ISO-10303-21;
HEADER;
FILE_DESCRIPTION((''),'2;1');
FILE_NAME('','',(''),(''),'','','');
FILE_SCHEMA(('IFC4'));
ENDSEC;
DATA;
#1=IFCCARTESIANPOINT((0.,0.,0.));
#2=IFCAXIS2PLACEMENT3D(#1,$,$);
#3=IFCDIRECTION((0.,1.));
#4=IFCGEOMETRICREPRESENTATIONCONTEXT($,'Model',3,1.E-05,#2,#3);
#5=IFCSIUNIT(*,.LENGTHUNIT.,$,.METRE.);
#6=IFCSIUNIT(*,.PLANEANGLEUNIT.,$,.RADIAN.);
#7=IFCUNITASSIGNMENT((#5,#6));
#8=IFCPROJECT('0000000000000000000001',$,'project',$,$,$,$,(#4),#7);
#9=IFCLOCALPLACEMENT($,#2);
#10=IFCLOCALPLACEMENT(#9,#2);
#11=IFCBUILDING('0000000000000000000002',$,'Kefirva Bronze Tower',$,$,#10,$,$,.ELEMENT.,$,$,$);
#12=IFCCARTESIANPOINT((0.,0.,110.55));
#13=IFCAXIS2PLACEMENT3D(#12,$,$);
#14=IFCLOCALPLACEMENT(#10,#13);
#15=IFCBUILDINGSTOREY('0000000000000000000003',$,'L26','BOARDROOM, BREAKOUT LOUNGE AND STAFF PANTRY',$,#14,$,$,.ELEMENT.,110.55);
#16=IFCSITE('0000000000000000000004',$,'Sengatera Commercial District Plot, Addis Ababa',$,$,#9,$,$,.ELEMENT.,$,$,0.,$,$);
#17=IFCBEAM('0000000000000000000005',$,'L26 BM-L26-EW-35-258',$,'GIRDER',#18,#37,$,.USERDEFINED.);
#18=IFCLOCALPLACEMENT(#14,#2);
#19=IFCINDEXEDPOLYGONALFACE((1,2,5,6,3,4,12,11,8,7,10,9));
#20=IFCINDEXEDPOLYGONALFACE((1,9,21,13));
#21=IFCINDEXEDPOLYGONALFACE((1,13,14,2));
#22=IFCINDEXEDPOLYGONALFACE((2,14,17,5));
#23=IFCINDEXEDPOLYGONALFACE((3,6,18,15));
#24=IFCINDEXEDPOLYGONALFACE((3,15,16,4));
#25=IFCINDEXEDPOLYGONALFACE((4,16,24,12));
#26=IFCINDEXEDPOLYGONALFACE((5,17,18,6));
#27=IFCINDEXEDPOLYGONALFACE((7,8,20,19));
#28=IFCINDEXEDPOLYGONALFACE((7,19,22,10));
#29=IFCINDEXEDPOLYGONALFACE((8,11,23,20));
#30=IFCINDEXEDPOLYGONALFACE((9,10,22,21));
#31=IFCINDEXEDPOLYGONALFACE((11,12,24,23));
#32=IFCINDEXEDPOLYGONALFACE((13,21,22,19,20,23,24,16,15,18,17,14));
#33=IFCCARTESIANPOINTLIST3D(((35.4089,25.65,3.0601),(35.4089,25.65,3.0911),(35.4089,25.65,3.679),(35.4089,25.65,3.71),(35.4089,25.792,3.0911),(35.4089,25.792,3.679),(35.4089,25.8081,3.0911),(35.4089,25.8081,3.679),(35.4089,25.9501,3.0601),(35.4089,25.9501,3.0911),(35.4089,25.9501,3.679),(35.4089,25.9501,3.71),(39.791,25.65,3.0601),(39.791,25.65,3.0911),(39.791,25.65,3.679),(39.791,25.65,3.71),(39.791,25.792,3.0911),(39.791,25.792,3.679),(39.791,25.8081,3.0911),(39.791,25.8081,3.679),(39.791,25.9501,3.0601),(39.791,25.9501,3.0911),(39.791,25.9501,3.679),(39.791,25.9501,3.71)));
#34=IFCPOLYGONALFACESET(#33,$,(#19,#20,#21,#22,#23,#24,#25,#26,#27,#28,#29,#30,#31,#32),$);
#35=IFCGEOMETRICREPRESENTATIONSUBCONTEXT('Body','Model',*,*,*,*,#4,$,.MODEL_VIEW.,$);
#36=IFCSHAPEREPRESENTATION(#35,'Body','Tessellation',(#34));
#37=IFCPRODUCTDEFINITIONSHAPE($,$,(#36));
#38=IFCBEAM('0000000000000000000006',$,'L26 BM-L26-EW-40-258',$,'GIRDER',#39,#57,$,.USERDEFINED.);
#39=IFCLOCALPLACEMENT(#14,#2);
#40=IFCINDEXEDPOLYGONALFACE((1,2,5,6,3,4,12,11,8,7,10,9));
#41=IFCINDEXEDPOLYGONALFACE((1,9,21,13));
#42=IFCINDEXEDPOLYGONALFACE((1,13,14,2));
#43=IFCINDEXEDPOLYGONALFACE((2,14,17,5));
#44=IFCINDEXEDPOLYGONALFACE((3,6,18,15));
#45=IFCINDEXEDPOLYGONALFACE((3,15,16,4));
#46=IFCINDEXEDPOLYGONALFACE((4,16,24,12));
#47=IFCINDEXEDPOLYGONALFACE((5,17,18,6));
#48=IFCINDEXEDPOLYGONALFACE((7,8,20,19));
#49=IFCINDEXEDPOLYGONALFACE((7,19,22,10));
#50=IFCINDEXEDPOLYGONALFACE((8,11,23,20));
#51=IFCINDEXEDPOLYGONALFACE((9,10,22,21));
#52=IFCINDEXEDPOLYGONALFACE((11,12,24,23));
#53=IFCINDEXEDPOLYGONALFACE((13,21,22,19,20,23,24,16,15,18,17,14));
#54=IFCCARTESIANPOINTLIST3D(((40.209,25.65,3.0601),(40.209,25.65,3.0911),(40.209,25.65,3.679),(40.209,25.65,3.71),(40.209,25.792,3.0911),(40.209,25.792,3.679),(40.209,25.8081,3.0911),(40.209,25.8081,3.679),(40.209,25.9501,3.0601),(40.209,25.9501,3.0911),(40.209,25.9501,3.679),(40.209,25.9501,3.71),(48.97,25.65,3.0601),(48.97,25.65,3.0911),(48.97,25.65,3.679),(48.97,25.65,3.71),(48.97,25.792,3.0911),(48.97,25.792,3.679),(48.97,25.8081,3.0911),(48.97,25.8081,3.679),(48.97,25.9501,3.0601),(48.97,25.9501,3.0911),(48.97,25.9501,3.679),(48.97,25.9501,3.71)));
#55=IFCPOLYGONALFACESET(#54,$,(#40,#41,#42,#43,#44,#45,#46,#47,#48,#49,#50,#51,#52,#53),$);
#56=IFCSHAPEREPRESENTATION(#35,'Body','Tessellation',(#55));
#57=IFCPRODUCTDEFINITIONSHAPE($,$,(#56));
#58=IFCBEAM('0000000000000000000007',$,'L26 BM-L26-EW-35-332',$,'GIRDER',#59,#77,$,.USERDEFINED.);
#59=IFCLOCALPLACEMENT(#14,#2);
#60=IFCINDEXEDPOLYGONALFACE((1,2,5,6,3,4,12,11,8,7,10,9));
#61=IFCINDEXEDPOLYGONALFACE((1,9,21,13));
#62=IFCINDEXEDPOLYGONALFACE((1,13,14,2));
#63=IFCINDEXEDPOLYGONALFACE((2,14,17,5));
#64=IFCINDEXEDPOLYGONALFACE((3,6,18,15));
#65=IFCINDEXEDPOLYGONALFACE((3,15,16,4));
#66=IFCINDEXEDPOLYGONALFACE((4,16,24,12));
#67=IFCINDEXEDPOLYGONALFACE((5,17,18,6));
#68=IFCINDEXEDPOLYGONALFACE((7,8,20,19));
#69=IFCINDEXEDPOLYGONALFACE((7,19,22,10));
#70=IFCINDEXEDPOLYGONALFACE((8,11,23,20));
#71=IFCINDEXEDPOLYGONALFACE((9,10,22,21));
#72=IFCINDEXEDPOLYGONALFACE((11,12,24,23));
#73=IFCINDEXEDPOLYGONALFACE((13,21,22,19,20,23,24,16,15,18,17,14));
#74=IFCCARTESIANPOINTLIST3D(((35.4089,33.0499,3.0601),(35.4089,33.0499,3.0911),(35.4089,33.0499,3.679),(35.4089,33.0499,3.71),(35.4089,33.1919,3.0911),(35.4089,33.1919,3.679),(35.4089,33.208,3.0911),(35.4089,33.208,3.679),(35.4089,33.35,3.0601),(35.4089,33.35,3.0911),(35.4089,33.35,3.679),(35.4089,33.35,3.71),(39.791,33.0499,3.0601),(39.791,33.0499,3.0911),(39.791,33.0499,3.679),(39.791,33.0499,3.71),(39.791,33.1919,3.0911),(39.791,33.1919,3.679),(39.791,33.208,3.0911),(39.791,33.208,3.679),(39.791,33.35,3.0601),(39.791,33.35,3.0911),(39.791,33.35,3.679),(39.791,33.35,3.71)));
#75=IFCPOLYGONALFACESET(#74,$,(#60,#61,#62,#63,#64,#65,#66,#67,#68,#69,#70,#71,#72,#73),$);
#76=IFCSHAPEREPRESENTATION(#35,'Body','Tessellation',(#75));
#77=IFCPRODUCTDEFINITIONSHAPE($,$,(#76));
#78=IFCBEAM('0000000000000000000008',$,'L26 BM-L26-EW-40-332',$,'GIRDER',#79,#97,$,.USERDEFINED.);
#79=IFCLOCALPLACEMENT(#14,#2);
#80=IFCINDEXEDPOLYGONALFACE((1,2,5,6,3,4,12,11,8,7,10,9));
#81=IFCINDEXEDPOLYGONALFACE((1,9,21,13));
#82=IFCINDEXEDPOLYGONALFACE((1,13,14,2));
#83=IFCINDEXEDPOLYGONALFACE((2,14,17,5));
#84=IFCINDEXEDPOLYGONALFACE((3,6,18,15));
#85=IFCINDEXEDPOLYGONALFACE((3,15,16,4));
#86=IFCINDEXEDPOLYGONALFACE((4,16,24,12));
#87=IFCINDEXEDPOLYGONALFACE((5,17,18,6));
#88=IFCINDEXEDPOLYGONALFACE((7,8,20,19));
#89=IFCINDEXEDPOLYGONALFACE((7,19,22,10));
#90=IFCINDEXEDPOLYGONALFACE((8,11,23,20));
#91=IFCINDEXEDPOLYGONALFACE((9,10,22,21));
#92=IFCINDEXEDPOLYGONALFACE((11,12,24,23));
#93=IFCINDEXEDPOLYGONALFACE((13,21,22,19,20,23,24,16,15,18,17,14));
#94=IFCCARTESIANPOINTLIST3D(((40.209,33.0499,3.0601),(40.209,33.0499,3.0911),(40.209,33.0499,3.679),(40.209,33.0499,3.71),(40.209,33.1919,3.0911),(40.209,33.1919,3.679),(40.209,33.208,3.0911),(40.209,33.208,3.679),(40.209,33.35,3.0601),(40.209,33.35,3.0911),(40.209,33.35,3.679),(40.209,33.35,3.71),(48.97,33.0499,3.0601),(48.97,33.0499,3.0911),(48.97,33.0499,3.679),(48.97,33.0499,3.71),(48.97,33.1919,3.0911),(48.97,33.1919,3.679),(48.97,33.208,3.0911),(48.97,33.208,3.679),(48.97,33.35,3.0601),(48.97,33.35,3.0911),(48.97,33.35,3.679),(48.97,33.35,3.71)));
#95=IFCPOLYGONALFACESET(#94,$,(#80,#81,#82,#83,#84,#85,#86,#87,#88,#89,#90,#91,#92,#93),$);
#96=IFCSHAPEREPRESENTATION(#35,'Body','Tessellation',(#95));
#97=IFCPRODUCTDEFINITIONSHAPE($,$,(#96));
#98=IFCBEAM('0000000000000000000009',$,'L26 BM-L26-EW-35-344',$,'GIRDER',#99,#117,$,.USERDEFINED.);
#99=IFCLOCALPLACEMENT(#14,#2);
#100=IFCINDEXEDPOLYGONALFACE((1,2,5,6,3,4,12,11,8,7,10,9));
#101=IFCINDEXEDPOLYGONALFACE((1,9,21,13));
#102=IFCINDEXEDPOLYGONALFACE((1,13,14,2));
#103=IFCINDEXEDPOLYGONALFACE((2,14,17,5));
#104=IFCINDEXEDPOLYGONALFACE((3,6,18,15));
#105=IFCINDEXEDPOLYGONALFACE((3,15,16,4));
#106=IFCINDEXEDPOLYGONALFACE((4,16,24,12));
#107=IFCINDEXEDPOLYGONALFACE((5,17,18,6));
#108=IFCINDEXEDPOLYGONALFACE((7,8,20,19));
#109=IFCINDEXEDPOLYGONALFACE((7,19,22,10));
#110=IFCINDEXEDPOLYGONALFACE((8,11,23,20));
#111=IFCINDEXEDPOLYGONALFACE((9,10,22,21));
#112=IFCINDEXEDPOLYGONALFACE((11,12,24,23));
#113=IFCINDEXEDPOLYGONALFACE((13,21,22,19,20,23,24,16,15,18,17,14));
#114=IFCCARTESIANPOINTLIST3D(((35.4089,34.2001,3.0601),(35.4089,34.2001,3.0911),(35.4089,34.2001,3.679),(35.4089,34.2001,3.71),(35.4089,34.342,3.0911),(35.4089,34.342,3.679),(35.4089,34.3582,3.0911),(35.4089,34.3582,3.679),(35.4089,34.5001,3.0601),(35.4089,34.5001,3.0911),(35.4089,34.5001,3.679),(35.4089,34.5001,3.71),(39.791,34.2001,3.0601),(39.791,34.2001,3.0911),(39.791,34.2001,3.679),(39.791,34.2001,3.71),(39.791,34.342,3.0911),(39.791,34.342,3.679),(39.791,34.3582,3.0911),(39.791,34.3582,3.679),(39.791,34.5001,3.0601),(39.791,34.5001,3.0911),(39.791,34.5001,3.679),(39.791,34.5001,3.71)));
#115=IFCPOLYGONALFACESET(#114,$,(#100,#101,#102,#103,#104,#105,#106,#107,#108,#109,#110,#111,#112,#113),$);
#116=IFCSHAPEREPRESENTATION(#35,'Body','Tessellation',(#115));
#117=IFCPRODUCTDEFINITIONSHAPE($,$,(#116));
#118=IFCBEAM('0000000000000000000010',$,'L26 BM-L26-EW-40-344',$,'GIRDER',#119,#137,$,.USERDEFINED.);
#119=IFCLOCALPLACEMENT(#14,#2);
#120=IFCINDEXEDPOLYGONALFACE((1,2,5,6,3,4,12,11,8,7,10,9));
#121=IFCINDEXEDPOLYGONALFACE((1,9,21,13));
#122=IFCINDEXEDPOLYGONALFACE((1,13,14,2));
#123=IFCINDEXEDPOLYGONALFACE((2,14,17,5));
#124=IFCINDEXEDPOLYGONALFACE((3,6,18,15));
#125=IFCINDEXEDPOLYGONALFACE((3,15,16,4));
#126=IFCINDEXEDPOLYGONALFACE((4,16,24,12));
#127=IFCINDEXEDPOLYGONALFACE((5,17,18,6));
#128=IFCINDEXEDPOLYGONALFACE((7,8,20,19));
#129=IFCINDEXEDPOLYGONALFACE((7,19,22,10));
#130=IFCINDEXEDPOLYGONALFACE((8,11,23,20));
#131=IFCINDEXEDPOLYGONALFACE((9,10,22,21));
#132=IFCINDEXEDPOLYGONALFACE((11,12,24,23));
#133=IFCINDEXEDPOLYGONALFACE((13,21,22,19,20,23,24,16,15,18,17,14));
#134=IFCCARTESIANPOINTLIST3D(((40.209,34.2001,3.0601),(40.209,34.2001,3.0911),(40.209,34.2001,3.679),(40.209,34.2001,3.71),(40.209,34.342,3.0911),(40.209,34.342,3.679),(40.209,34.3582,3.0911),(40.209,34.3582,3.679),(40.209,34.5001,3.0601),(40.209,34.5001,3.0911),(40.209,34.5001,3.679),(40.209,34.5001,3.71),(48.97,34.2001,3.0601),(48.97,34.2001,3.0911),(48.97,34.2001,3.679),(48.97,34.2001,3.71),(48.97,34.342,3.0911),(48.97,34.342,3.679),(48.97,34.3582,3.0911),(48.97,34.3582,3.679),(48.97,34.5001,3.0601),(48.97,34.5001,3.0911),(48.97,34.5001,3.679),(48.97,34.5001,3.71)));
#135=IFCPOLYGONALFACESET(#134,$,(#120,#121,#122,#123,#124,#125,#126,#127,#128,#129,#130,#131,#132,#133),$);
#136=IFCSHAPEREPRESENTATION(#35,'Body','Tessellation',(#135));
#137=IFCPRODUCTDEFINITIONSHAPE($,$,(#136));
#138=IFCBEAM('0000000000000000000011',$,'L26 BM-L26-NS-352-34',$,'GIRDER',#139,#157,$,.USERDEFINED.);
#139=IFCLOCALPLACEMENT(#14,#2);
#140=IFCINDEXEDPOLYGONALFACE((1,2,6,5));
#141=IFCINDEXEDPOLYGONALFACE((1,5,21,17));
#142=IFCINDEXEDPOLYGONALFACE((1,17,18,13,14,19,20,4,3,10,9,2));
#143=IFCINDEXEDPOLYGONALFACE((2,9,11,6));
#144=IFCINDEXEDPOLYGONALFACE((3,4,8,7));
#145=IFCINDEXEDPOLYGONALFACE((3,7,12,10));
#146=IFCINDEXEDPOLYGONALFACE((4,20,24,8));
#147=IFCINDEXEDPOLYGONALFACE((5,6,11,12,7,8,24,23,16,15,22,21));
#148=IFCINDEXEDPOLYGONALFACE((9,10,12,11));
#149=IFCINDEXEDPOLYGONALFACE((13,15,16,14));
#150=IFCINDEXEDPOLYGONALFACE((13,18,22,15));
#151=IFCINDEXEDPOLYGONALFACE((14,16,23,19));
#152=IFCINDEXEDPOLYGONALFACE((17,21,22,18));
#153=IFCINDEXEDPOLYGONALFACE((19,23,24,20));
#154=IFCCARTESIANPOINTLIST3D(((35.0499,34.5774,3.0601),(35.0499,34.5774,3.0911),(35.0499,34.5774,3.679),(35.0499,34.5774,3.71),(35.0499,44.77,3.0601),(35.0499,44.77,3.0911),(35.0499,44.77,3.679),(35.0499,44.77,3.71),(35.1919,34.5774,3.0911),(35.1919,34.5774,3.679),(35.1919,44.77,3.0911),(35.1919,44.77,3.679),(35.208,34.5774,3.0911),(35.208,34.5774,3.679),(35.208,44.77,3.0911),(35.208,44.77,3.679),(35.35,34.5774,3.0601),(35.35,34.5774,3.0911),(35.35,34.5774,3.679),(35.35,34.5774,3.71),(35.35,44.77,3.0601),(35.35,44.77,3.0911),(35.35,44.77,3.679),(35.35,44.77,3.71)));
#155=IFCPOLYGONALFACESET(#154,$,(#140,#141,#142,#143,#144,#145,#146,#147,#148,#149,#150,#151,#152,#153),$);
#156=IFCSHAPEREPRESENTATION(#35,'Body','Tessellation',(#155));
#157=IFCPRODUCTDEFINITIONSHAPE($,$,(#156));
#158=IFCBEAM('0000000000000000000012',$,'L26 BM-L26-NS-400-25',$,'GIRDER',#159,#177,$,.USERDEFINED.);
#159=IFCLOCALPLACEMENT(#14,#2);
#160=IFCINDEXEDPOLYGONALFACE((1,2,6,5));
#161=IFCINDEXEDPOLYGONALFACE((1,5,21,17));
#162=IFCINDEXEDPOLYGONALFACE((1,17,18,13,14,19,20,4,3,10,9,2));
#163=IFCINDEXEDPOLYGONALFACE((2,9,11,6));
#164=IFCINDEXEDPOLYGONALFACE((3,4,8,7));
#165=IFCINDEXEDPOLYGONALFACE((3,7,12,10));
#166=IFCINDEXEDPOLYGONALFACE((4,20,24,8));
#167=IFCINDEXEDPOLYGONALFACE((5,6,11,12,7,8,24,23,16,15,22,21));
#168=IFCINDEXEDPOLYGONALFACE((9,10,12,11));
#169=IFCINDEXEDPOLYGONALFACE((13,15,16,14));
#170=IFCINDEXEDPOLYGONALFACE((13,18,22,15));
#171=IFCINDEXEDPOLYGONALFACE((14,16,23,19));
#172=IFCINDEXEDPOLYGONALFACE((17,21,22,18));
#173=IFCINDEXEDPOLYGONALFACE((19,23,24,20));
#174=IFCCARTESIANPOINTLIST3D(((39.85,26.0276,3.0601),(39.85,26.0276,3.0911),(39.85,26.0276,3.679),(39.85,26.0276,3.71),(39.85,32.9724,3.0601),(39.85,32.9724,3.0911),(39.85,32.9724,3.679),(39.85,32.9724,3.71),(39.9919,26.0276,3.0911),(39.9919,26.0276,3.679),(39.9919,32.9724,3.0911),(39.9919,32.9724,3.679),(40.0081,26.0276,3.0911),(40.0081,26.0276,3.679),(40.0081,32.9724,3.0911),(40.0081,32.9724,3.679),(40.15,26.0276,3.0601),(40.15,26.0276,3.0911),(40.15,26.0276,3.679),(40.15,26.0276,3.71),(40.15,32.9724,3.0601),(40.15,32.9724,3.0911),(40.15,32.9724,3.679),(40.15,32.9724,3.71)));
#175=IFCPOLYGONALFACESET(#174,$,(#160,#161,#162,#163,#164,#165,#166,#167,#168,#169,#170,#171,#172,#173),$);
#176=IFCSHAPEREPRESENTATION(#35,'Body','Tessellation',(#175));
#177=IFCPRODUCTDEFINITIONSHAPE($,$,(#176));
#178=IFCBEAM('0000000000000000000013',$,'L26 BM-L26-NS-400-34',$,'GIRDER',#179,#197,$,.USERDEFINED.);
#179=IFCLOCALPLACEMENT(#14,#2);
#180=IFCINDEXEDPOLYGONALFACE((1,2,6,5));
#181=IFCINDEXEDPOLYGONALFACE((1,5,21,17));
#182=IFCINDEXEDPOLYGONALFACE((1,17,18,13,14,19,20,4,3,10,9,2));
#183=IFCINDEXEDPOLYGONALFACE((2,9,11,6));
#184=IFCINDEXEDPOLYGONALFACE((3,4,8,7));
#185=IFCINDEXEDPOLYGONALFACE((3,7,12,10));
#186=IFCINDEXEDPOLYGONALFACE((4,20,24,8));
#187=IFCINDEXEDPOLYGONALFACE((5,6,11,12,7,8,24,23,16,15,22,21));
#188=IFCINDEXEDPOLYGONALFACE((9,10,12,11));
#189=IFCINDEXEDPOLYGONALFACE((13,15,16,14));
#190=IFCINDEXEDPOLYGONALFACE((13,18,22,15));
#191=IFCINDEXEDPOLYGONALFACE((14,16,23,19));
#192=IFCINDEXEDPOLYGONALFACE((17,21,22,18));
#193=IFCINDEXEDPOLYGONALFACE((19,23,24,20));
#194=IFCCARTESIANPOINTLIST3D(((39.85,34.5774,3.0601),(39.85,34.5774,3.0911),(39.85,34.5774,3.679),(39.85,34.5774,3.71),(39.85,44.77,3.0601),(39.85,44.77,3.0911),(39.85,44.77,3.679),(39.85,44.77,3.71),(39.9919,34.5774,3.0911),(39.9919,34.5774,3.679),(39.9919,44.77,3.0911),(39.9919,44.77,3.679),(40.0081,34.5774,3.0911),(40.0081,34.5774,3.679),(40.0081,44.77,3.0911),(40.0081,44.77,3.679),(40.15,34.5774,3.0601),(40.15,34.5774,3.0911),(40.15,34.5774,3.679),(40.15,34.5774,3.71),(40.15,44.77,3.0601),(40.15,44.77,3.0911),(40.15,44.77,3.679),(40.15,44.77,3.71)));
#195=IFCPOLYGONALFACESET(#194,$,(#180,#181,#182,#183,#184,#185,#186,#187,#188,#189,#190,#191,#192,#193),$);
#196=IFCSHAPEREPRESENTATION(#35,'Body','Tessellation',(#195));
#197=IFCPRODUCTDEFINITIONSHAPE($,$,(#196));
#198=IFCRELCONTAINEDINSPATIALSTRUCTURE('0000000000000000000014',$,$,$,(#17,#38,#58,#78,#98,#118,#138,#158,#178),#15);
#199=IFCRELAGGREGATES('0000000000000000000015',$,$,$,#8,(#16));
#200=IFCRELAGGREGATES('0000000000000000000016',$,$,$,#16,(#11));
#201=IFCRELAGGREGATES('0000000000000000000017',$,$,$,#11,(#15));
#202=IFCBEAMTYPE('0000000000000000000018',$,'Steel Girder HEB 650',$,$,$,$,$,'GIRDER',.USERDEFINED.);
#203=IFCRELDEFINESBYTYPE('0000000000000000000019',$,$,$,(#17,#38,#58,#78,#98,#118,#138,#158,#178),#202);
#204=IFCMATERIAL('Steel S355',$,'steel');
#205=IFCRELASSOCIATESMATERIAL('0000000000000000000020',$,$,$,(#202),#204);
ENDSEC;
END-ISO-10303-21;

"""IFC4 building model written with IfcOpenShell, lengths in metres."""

from ifc_helpers import new_model, si_unit, direction, frame, origin, origin_2d, place, context, subcontext, project, spatial, i_section, extrude, material, material_profile, profile_set, type_object, element, save


model = new_model("IFC4")

# Units and contexts
model_context = context("Model", 3, precision=1e-05, world=origin(), true_north=direction((0.0, 1.0)))
body_context = subcontext(model_context, "Body", "Model", "MODEL_VIEW")
ifc_project = project(units=[si_unit("LENGTHUNIT", "METRE"), si_unit("PLANEANGLEUNIT", "RADIAN")], contexts=[model_context])

# Site, building, storey
site_placement = place(None, origin())
site = spatial("IfcSite", under=ifc_project, at=site_placement, Name="Sengatera Commercial District Plot, Addis Ababa", CompositionType="ELEMENT", RefElevation=0.0)
building_placement = place(site_placement, origin())
building = spatial("IfcBuilding", under=site, at=building_placement, Name="Kefirva Bronze Tower", CompositionType="ELEMENT")
storey_placement = place(building_placement, frame((0.0, 0.0, 110.55)))
storey = spatial("IfcBuildingStorey", under=building, at=storey_placement, Name="L26", Description="BOARDROOM, BREAKOUT LOUNGE AND STAFF PANTRY", CompositionType="ELEMENT", Elevation=110.55)

# Beams
ifc_material_1 = material(Name="Steel S355", Category="steel")
ifc_material_profile_1 = material_profile(ifc_material_1, i_section(OverallWidth=0.3, OverallDepth=0.6499, WebThickness=0.0161, FlangeThickness=0.031, at=origin_2d()), Name="HEB 650")
ifc_profile_set_1 = profile_set([ifc_material_profile_1], Name="Steel S355")
beam_type_1 = type_object("IfcBeamType", Name="Steel Girder HEB 650", ElementType="GIRDER", PredefinedType="USERDEFINED", material=ifc_profile_set_1)
beam_1_placement = place(storey_placement, frame((35.4089, 25.8, 3.385), z_axis=(1.0, 0.0, 0.0), x_axis=(0.0, 1.0, 0.0)))
element("IfcBeam", 1, at=beam_1_placement, inside=storey, type_object=beam_type_1, Name="L26 BM-L26-EW-35-258", ObjectType="GIRDER", PredefinedType="USERDEFINED", context=body_context, shape_type="SweptSolid", body=[
    extrude(i_section(OverallWidth=0.3, OverallDepth=0.6499, WebThickness=0.0161, FlangeThickness=0.031, at=origin_2d()), origin(), (0.0, 0.0, 1.0), 4.3821),
])
beam_2_placement = place(storey_placement, frame((40.209, 25.8, 3.385), z_axis=(1.0, 0.0, 0.0), x_axis=(0.0, 1.0, 0.0)))
element("IfcBeam", 2, at=beam_2_placement, inside=storey, type_object=beam_type_1, Name="L26 BM-L26-EW-40-258", ObjectType="GIRDER", PredefinedType="USERDEFINED", context=body_context, shape_type="SweptSolid", body=[
    extrude(i_section(OverallWidth=0.3, OverallDepth=0.6499, WebThickness=0.0161, FlangeThickness=0.031, at=origin_2d()), origin(), (0.0, 0.0, 1.0), 8.761),
])
beam_3_placement = place(storey_placement, frame((35.4089, 33.2, 3.385), z_axis=(1.0, 0.0, 0.0), x_axis=(0.0, 1.0, 0.0)))
element("IfcBeam", 3, at=beam_3_placement, inside=storey, type_object=beam_type_1, Name="L26 BM-L26-EW-35-332", ObjectType="GIRDER", PredefinedType="USERDEFINED", context=body_context, shape_type="SweptSolid", body=[
    extrude(i_section(OverallWidth=0.3, OverallDepth=0.6499, WebThickness=0.0161, FlangeThickness=0.031, at=origin_2d()), origin(), (0.0, 0.0, 1.0), 4.3821),
])
beam_4_placement = place(storey_placement, frame((40.209, 33.2, 3.385), z_axis=(1.0, 0.0, 0.0), x_axis=(0.0, 1.0, 0.0)))
element("IfcBeam", 4, at=beam_4_placement, inside=storey, type_object=beam_type_1, Name="L26 BM-L26-EW-40-332", ObjectType="GIRDER", PredefinedType="USERDEFINED", context=body_context, shape_type="SweptSolid", body=[
    extrude(i_section(OverallWidth=0.3, OverallDepth=0.6499, WebThickness=0.0161, FlangeThickness=0.031, at=origin_2d()), origin(), (0.0, 0.0, 1.0), 8.761),
])
beam_5_placement = place(storey_placement, frame((35.4089, 34.3501, 3.385), z_axis=(1.0, 0.0, 0.0), x_axis=(0.0, 1.0, 0.0)))
element("IfcBeam", 5, at=beam_5_placement, inside=storey, type_object=beam_type_1, Name="L26 BM-L26-EW-35-344", ObjectType="GIRDER", PredefinedType="USERDEFINED", context=body_context, shape_type="SweptSolid", body=[
    extrude(i_section(OverallWidth=0.3, OverallDepth=0.6499, WebThickness=0.0161, FlangeThickness=0.031, at=origin_2d()), origin(), (0.0, 0.0, 1.0), 4.3821),
])
beam_6_placement = place(storey_placement, frame((40.209, 34.3501, 3.385), z_axis=(1.0, 0.0, 0.0), x_axis=(0.0, 1.0, 0.0)))
element("IfcBeam", 6, at=beam_6_placement, inside=storey, type_object=beam_type_1, Name="L26 BM-L26-EW-40-344", ObjectType="GIRDER", PredefinedType="USERDEFINED", context=body_context, shape_type="SweptSolid", body=[
    extrude(i_section(OverallWidth=0.3, OverallDepth=0.6499, WebThickness=0.0161, FlangeThickness=0.031, at=origin_2d()), origin(), (0.0, 0.0, 1.0), 8.761),
])
beam_7_placement = place(storey_placement, frame((35.2, 34.5774, 3.385), z_axis=(0.0, 1.0, 0.0), x_axis=(-1.0, 0.0, 0.0)))
element("IfcBeam", 7, at=beam_7_placement, inside=storey, type_object=beam_type_1, Name="L26 BM-L26-NS-352-34", ObjectType="GIRDER", PredefinedType="USERDEFINED", context=body_context, shape_type="SweptSolid", body=[
    extrude(i_section(OverallWidth=0.3, OverallDepth=0.6499, WebThickness=0.0161, FlangeThickness=0.031, at=origin_2d()), origin(), (0.0, 0.0, 1.0), 10.1926),
])
beam_8_placement = place(storey_placement, frame((40.0, 26.0276, 3.385), z_axis=(0.0, 1.0, 0.0), x_axis=(-1.0, 0.0, 0.0)))
element("IfcBeam", 8, at=beam_8_placement, inside=storey, type_object=beam_type_1, Name="L26 BM-L26-NS-400-25", ObjectType="GIRDER", PredefinedType="USERDEFINED", context=body_context, shape_type="SweptSolid", body=[
    extrude(i_section(OverallWidth=0.3, OverallDepth=0.6499, WebThickness=0.0161, FlangeThickness=0.031, at=origin_2d()), origin(), (0.0, 0.0, 1.0), 6.9448),
])
beam_9_placement = place(storey_placement, frame((40.0, 34.5774, 3.385), z_axis=(0.0, 1.0, 0.0), x_axis=(-1.0, 0.0, 0.0)))
element("IfcBeam", 9, at=beam_9_placement, inside=storey, type_object=beam_type_1, Name="L26 BM-L26-NS-400-34", ObjectType="GIRDER", PredefinedType="USERDEFINED", context=body_context, shape_type="SweptSolid", body=[
    extrude(i_section(OverallWidth=0.3, OverallDepth=0.6499, WebThickness=0.0161, FlangeThickness=0.031, at=origin_2d()), origin(), (0.0, 0.0, 1.0), 10.1926),
])

save(model, "model.ifc")
